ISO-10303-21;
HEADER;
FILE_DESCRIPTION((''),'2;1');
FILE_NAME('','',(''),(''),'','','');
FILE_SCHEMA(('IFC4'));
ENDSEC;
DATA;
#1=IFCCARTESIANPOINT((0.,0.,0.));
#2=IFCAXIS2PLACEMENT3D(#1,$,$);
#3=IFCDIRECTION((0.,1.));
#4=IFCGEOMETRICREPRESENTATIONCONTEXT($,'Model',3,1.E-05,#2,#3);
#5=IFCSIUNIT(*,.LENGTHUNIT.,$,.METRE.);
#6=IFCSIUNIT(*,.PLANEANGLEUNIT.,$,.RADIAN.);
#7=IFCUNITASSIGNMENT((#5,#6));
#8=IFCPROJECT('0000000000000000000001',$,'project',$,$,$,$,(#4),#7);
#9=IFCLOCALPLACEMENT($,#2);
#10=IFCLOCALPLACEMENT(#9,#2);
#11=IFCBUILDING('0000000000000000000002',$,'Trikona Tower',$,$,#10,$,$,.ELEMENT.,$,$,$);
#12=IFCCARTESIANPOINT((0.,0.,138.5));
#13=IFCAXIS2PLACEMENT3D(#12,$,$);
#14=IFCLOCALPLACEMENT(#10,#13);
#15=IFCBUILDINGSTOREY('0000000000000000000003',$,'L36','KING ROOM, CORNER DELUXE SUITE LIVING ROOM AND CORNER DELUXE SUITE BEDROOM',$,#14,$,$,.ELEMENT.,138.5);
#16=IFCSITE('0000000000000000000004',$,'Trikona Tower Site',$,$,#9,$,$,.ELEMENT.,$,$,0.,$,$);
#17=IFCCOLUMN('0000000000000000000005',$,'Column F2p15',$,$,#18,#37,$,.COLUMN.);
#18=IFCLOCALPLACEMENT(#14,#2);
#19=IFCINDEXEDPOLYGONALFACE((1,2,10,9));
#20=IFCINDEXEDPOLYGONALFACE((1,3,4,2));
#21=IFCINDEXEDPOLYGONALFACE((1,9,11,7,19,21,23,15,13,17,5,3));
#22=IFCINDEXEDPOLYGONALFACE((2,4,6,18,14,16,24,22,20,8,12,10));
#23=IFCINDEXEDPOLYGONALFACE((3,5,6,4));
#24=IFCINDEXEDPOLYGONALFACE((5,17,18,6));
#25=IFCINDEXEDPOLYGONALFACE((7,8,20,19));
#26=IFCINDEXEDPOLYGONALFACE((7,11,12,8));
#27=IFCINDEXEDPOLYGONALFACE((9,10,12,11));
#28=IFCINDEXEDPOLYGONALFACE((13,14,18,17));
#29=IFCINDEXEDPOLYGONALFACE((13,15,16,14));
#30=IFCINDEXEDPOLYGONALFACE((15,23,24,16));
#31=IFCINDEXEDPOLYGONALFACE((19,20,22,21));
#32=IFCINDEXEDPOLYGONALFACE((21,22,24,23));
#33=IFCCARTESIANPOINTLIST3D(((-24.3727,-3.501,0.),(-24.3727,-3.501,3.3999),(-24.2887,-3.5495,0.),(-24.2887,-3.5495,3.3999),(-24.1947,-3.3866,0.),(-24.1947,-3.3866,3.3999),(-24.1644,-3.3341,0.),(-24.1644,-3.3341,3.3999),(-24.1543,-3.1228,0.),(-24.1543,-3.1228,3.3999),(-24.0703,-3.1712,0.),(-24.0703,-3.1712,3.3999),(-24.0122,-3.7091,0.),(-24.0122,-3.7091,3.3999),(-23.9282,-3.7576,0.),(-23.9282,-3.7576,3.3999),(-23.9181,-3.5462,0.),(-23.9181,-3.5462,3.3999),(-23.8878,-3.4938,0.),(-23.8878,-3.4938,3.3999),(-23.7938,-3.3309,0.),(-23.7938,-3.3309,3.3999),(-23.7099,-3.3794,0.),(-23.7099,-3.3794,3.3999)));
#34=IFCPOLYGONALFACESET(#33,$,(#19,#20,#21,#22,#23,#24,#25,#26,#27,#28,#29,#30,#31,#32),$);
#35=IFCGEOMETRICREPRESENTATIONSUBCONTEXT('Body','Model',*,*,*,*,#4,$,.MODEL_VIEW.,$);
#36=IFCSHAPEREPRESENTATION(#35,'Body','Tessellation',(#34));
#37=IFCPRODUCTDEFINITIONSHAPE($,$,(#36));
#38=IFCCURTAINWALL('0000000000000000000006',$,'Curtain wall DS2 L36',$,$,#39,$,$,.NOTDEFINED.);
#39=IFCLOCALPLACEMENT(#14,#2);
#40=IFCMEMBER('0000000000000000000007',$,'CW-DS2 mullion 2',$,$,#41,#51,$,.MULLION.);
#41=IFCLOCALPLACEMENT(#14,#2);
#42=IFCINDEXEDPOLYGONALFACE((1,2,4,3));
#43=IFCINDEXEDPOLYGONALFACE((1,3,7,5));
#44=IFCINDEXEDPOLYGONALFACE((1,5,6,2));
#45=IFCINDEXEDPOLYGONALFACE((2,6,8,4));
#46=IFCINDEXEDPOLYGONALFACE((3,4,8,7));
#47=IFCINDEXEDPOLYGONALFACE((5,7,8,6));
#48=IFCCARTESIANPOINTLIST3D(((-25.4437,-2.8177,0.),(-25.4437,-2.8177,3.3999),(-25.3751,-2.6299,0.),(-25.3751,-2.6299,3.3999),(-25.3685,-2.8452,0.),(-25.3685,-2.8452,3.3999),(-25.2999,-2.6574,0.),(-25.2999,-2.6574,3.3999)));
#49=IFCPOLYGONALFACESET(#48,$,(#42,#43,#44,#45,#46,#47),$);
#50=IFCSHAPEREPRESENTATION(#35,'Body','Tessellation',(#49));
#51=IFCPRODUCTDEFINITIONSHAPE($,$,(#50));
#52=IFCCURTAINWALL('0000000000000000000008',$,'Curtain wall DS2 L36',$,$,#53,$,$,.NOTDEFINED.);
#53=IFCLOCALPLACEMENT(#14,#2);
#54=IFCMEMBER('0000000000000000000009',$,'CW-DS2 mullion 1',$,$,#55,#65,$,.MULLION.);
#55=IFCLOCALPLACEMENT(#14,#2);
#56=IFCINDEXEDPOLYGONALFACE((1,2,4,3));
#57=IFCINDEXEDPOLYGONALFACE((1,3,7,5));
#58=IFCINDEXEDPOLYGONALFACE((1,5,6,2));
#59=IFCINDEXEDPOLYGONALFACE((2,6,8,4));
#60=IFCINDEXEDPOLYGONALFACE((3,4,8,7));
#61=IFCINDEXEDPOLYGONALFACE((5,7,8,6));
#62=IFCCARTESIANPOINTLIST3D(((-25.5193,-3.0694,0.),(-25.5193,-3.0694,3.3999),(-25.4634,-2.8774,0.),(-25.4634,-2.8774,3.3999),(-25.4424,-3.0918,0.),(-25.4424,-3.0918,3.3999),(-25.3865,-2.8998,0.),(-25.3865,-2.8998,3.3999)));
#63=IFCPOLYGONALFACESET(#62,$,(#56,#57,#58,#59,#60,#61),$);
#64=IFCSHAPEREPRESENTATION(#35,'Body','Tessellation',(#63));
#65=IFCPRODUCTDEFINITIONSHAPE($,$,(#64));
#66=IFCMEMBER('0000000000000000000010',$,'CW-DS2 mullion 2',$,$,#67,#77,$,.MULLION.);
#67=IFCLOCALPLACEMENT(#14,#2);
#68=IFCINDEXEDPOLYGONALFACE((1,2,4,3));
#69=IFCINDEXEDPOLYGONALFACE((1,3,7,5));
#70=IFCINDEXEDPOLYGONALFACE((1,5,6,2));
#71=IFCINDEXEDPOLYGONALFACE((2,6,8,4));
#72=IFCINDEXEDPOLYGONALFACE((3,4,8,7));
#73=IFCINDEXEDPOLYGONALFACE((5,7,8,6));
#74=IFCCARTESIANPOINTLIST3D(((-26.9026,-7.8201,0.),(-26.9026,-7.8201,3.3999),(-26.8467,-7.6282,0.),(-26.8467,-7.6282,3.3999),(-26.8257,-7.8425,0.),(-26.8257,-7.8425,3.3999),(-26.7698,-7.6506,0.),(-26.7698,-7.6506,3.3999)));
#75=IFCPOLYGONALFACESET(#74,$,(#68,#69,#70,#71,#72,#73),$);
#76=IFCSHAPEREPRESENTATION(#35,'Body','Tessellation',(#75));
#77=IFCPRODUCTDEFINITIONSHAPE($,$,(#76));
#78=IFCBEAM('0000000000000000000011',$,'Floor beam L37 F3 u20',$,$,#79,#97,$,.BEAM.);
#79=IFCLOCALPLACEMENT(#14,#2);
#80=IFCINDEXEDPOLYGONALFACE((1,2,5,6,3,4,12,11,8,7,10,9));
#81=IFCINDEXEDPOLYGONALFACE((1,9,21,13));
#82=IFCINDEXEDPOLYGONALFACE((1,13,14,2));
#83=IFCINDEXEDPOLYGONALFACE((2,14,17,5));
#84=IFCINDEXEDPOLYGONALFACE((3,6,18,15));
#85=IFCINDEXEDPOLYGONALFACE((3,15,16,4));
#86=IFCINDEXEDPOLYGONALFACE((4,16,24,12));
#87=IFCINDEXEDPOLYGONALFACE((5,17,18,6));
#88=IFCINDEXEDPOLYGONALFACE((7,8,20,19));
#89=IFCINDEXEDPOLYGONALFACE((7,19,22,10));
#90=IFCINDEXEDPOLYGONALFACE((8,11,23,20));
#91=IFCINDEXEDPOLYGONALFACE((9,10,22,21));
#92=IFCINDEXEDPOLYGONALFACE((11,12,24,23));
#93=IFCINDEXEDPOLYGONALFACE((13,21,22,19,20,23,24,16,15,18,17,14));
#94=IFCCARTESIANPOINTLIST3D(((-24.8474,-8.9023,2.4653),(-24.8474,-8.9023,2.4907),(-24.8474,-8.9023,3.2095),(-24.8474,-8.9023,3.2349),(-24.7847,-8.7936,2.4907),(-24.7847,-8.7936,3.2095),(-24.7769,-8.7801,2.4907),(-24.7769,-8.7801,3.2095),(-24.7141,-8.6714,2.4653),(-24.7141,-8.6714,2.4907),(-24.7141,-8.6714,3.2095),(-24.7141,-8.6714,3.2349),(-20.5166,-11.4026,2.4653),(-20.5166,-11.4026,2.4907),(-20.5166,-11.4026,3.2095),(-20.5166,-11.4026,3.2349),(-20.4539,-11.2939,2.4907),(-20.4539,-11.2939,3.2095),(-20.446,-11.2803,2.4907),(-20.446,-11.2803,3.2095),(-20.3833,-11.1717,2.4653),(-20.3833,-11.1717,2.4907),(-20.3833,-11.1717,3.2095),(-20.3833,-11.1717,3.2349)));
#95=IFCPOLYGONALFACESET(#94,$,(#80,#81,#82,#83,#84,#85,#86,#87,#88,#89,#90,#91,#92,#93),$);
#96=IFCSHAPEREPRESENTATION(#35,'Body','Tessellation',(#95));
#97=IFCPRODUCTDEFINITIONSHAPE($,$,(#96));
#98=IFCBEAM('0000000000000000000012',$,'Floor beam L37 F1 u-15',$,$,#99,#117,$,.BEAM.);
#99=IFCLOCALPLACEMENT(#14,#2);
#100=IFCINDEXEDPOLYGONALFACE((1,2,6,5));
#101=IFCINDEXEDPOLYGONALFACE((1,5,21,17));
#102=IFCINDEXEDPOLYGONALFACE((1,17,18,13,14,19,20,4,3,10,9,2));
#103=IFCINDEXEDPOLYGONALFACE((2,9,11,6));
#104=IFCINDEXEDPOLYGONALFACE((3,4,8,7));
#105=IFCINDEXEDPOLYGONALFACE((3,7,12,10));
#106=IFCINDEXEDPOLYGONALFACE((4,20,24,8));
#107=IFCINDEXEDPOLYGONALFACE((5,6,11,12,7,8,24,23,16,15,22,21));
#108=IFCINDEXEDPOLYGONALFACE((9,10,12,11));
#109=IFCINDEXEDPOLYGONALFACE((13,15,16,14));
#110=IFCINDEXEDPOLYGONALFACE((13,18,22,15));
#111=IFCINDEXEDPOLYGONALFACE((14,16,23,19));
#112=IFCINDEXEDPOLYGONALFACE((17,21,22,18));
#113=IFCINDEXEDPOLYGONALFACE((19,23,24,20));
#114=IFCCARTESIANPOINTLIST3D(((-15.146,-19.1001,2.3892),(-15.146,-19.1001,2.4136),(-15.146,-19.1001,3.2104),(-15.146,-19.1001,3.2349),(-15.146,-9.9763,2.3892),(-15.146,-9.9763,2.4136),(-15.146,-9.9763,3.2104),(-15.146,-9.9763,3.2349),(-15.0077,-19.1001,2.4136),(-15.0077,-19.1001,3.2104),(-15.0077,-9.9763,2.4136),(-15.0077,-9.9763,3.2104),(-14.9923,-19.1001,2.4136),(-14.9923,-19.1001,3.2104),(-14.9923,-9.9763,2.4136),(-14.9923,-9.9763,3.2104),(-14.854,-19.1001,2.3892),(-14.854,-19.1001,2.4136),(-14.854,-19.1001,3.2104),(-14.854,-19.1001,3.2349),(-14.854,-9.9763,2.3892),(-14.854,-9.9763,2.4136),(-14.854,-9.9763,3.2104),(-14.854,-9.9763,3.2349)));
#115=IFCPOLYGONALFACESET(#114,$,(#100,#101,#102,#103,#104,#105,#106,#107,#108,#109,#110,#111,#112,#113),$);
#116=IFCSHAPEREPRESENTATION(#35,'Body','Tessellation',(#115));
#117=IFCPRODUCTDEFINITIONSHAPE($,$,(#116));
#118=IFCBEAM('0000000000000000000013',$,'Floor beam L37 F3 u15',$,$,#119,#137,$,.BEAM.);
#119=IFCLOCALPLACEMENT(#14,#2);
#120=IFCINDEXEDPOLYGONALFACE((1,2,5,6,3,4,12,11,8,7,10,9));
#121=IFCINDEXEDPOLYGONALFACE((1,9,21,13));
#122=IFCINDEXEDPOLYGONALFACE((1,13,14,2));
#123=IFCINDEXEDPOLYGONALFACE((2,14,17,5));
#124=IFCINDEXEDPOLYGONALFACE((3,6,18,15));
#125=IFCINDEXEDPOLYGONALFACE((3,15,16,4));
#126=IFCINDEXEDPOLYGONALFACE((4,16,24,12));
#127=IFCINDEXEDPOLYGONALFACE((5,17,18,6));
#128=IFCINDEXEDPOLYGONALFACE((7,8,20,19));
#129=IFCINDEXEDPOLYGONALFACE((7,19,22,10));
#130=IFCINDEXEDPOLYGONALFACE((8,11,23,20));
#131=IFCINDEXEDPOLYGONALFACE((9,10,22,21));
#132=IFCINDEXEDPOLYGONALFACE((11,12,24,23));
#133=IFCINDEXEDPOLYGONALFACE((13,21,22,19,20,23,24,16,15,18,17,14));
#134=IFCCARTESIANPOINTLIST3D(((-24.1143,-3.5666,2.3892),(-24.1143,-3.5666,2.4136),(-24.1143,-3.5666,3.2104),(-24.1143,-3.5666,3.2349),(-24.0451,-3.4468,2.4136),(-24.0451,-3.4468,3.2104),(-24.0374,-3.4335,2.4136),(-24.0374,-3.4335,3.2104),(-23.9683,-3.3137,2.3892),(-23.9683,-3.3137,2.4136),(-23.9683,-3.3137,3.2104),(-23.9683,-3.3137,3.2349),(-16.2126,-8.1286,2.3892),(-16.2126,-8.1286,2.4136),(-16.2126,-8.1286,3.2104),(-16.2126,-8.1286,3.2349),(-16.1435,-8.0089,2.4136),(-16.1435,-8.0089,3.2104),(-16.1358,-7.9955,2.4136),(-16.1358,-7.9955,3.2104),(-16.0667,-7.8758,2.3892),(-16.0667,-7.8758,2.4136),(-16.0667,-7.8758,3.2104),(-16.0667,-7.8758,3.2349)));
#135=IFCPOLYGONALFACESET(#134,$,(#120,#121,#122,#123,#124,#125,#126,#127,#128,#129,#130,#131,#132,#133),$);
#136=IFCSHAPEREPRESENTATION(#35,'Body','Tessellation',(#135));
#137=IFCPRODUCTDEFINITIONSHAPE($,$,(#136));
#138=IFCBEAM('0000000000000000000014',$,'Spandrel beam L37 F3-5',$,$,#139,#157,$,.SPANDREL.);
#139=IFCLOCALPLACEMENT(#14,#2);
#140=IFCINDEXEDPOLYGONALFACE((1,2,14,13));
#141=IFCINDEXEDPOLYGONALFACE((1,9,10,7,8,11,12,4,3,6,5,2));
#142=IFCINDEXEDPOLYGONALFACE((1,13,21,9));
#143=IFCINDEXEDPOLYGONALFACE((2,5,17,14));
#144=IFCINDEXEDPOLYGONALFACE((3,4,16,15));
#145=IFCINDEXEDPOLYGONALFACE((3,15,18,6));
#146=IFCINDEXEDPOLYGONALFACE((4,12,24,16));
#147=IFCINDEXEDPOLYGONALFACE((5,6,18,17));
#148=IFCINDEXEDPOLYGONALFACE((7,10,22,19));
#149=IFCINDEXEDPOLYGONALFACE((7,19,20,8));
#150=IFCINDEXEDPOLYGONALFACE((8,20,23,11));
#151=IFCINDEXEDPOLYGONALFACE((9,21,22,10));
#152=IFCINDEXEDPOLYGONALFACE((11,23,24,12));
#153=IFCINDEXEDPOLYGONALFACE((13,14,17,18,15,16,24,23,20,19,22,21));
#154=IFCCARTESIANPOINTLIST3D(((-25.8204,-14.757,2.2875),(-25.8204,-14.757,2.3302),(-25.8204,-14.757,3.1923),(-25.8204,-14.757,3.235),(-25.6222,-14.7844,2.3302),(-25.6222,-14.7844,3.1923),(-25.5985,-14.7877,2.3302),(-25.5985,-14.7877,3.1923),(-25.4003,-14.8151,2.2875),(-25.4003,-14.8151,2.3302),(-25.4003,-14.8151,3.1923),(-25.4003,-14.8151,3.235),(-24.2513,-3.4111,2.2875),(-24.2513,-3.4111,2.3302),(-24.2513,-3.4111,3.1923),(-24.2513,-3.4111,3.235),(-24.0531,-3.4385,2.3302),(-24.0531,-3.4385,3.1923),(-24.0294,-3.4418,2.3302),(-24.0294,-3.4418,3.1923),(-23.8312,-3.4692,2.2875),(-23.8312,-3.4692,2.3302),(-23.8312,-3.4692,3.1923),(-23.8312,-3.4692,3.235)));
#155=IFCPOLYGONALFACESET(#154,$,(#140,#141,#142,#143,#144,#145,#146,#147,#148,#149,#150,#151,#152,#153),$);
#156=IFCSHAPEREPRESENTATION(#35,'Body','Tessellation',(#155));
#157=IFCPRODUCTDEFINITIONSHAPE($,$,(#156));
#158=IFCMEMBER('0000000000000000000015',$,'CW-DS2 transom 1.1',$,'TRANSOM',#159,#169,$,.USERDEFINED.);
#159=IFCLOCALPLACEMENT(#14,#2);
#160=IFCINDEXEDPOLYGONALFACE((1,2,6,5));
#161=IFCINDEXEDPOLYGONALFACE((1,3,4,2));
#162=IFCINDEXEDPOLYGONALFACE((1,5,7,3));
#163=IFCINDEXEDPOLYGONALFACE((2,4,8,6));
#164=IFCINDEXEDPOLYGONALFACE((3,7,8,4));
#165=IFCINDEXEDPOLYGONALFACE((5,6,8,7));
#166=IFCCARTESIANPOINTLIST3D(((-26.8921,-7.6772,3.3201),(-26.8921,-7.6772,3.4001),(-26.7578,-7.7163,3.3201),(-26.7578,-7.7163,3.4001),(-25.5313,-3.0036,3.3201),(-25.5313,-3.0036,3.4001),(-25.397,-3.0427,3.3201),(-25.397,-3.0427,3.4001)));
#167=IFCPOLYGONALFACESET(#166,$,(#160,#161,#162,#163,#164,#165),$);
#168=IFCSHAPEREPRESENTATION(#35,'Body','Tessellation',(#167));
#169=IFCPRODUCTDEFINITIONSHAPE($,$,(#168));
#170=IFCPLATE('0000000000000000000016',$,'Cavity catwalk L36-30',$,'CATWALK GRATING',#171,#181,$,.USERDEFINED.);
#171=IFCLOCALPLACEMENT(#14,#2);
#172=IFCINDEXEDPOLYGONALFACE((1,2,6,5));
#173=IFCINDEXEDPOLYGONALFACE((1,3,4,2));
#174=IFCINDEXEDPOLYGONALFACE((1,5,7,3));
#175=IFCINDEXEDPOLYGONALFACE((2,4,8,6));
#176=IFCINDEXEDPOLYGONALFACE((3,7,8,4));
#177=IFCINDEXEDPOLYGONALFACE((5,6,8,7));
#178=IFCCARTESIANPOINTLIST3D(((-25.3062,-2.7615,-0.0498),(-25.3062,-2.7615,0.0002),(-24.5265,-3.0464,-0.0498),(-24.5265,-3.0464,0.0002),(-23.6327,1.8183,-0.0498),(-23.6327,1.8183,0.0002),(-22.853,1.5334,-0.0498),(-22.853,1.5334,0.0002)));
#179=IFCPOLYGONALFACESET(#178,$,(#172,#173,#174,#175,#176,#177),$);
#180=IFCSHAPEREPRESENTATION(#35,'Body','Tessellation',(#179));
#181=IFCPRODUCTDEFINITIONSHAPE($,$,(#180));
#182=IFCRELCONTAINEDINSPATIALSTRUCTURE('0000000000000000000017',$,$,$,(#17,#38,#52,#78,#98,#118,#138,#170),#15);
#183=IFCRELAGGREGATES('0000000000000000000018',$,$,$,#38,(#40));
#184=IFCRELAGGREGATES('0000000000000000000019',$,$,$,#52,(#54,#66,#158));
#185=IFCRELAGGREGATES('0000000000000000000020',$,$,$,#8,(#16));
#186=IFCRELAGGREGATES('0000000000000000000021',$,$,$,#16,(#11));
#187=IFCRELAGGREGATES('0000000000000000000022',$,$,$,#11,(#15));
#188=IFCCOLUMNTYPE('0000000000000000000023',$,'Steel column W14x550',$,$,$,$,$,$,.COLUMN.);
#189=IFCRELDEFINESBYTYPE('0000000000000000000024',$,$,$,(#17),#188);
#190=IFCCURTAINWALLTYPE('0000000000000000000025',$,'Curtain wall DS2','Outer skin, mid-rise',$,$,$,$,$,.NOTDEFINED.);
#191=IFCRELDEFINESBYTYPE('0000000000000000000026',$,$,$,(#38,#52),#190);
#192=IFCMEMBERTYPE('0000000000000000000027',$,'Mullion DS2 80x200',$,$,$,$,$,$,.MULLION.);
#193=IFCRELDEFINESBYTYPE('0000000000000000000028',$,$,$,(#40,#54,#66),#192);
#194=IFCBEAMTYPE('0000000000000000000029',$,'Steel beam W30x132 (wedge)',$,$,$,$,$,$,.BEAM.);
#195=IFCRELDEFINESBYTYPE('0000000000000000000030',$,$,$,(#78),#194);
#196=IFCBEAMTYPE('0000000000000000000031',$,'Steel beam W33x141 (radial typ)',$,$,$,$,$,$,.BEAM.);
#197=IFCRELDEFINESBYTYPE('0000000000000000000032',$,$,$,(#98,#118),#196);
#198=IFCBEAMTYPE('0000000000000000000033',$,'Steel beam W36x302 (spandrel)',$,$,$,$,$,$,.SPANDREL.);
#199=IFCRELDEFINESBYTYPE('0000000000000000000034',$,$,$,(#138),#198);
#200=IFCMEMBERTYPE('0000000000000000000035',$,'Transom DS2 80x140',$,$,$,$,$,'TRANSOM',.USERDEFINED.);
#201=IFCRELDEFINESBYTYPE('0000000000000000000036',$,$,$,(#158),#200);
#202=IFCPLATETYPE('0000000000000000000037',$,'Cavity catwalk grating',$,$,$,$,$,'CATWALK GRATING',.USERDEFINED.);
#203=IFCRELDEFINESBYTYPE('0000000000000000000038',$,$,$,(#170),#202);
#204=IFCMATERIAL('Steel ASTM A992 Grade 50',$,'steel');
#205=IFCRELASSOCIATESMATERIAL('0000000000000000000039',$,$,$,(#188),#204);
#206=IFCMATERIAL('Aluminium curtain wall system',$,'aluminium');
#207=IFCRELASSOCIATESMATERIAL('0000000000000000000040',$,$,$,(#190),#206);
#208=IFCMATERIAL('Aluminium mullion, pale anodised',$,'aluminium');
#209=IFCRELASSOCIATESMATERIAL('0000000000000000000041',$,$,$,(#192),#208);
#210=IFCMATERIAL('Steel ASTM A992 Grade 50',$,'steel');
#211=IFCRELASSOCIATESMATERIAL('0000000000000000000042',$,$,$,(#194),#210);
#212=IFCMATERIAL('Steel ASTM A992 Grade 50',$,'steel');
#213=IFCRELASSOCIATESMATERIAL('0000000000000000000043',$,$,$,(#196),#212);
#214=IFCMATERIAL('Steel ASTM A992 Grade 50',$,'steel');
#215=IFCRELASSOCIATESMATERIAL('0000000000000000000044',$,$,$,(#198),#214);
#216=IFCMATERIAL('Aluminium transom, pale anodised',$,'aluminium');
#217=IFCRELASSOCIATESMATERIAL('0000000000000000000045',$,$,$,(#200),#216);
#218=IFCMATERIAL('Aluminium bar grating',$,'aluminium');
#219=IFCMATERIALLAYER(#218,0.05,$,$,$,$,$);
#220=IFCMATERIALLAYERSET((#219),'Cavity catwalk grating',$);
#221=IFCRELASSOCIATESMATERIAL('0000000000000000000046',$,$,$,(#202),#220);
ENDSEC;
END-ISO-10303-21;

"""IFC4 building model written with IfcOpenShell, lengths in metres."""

from ifc_helpers import new_model, si_unit, direction, frame, origin, origin_2d, place, context, subcontext, project, spatial, rectangle, i_section, extrude, material, layer, layer_set, material_profile, profile_set, type_object, element, aggregate, save


model = new_model("IFC4")

# Units and contexts
model_context = context("Model", 3, precision=1e-05, world=origin(), true_north=direction((0.0, 1.0)))
body_context = subcontext(model_context, "Body", "Model", "MODEL_VIEW")
ifc_project = project(units=[si_unit("LENGTHUNIT", "METRE"), si_unit("PLANEANGLEUNIT", "RADIAN")], contexts=[model_context])

# Site, building, storey
site_placement = place(None, origin())
site = spatial("IfcSite", under=ifc_project, at=site_placement, Name="Trikona Tower Site", CompositionType="ELEMENT", RefElevation=0.0)
building_placement = place(site_placement, origin())
building = spatial("IfcBuilding", under=site, at=building_placement, Name="Trikona Tower", CompositionType="ELEMENT")
storey_placement = place(building_placement, frame((0.0, 0.0, 138.5)))
storey = spatial("IfcBuildingStorey", under=building, at=storey_placement, Name="L36", Description="KING ROOM, CORNER DELUXE SUITE LIVING ROOM AND CORNER DELUXE SUITE BEDROOM", CompositionType="ELEMENT", Elevation=138.5)

# Column
ifc_material_1 = material(Name="Steel ASTM A992 Grade 50", Category="steel")
ifc_material_profile_1 = material_profile(ifc_material_1, i_section(OverallWidth=0.4368, OverallDepth=0.5132, WebThickness=0.0605, FlangeThickness=0.0969, at=origin_2d()), Name="W14X550")
ifc_profile_set_1 = profile_set([ifc_material_profile_1], Name="Steel ASTM A992 Grade 50")
column_type = type_object("IfcColumnType", Name="Steel column W14x550", PredefinedType="COLUMN", material=ifc_profile_set_1)
column_placement = place(storey_placement, frame((-24.0413, -3.4402, 0.0), z_axis=(0.0, 0.0, 1.0), x_axis=(-0.5, -0.866025, 0.0)))
element("IfcColumn", 1, at=column_placement, inside=storey, type_object=column_type, Name="Column F2p15", PredefinedType="COLUMN", context=body_context, shape_type="SweptSolid", body=[
    extrude(i_section(OverallWidth=0.4368, OverallDepth=0.5132, WebThickness=0.0605, FlangeThickness=0.0969, at=origin_2d()), origin(), (0.0, 0.0, 1.0), 3.3999),
])

# Curtain wall, member
ifc_material_2 = material(Name="Aluminium curtain wall system", Category="aluminium")
curtain_wall_type = type_object("IfcCurtainWallType", Name="Curtain wall DS2", Description="Outer skin, mid-rise", PredefinedType="NOTDEFINED", material=ifc_material_2)
curtain_wall_1_placement = place(storey_placement, origin())
curtain_wall_1 = element("IfcCurtainWall", 2, at=curtain_wall_1_placement, inside=storey, type_object=curtain_wall_type, Name="Curtain wall DS2 L36", PredefinedType="NOTDEFINED")
ifc_material_3 = material(Name="Aluminium mullion, pale anodised", Category="aluminium")
ifc_material_profile_2 = material_profile(ifc_material_3, rectangle(XDim=0.0801, YDim=0.2, at=origin_2d()), Name="MUL-DS2")
ifc_profile_set_2 = profile_set([ifc_material_profile_2], Name="Aluminium mullion, pale anodised")
member_type_1 = type_object("IfcMemberType", Name="Mullion DS2 80x200", PredefinedType="MULLION", material=ifc_profile_set_2)
member_1_placement = place(storey_placement, frame((-25.3718, -2.7375, 0.0), z_axis=(0.0, 0.0, 1.0), x_axis=(0.939254, -0.343223, 0.0)))
member_1 = element("IfcMember", 3, at=member_1_placement, type_object=member_type_1, Name="CW-DS2 mullion 2", PredefinedType="MULLION", context=body_context, shape_type="SweptSolid", body=[
    extrude(rectangle(XDim=0.0801, YDim=0.2, at=origin_2d()), origin(), (0.0, 0.0, 1.0), 3.3999),
])
aggregate(curtain_wall_1, [member_1])

# Curtain wall, members
curtain_wall_2_placement = place(storey_placement, origin())
curtain_wall_2 = element("IfcCurtainWall", 4, at=curtain_wall_2_placement, inside=storey, type_object=curtain_wall_type, Name="Curtain wall DS2 L36", PredefinedType="NOTDEFINED")
member_2_placement = place(storey_placement, frame((-25.4529, -2.9846, 0.0), z_axis=(0.0, 0.0, 1.0), x_axis=(0.960133, -0.279543, 0.0)))
member_2 = element("IfcMember", 5, at=member_2_placement, type_object=member_type_1, Name="CW-DS2 mullion 1", PredefinedType="MULLION", context=body_context, shape_type="SweptSolid", body=[
    extrude(rectangle(XDim=0.0801, YDim=0.2, at=origin_2d()), origin(), (0.0, 0.0, 1.0), 3.3999),
])
member_3_placement = place(storey_placement, frame((-26.8362, -7.7354, 0.0), z_axis=(0.0, 0.0, 1.0), x_axis=(0.960133, -0.279543, 0.0)))
member_3 = element("IfcMember", 6, at=member_3_placement, type_object=member_type_1, Name="CW-DS2 mullion 2", PredefinedType="MULLION", context=body_context, shape_type="SweptSolid", body=[
    extrude(rectangle(XDim=0.0801, YDim=0.2, at=origin_2d()), origin(), (0.0, 0.0, 1.0), 3.3999),
])

# Beams
ifc_material_4 = material(Name="Steel ASTM A992 Grade 50", Category="steel")
ifc_material_profile_3 = material_profile(ifc_material_4, i_section(OverallWidth=0.2666, OverallDepth=0.7695, WebThickness=0.0156, FlangeThickness=0.0254, at=origin_2d()), Name="W30X132")
ifc_profile_set_3 = profile_set([ifc_material_profile_3], Name="Steel ASTM A992 Grade 50")
beam_type_1 = type_object("IfcBeamType", Name="Steel beam W30x132 (wedge)", PredefinedType="BEAM", material=ifc_profile_set_3)
beam_1_placement = place(storey_placement, frame((-20.45, -11.2871, 2.8501), z_axis=(-0.866038, 0.499977, 0.0), x_axis=(-0.499977, -0.866038, 0.0)))
element("IfcBeam", 7, at=beam_1_placement, inside=storey, type_object=beam_type_1, Name="Floor beam L37 F3 u20", PredefinedType="BEAM", context=body_context, shape_type="SweptSolid", body=[
    extrude(i_section(OverallWidth=0.2666, OverallDepth=0.7695, WebThickness=0.0156, FlangeThickness=0.0254, at=origin_2d()), origin(), (0.0, 0.0, 1.0), 5.0007),
])
ifc_material_5 = material(Name="Steel ASTM A992 Grade 50", Category="steel")
ifc_material_profile_4 = material_profile(ifc_material_5, i_section(OverallWidth=0.292, OverallDepth=0.8457, WebThickness=0.0154, FlangeThickness=0.0244, at=origin_2d()), Name="W33X141")
ifc_profile_set_4 = profile_set([ifc_material_profile_4], Name="Steel ASTM A992 Grade 50")
beam_type_2 = type_object("IfcBeamType", Name="Steel beam W33x141 (radial typ)", PredefinedType="BEAM", material=ifc_profile_set_4)
beam_2_placement = place(storey_placement, frame((-15.0, -9.9763, 2.812), z_axis=(0.0, -1.0, 0.0), x_axis=(1.0, 0.0, 0.0)))
element("IfcBeam", 8, at=beam_2_placement, inside=storey, type_object=beam_type_2, Name="Floor beam L37 F1 u-15", PredefinedType="BEAM", context=body_context, shape_type="SweptSolid", body=[
    extrude(i_section(OverallWidth=0.292, OverallDepth=0.8457, WebThickness=0.0154, FlangeThickness=0.0244, at=origin_2d()), origin(), (0.0, 0.0, 1.0), 9.1238),
])
beam_3_placement = place(storey_placement, frame((-16.1396, -8.0022, 2.812), z_axis=(-0.866025, 0.500001, 0.0), x_axis=(-0.500001, -0.866025, 0.0)))
element("IfcBeam", 9, at=beam_3_placement, inside=storey, type_object=beam_type_2, Name="Floor beam L37 F3 u15", PredefinedType="BEAM", context=body_context, shape_type="SweptSolid", body=[
    extrude(i_section(OverallWidth=0.292, OverallDepth=0.8457, WebThickness=0.0154, FlangeThickness=0.0244, at=origin_2d()), origin(), (0.0, 0.0, 1.0), 9.124),
])
ifc_material_6 = material(Name="Steel ASTM A992 Grade 50", Category="steel")
ifc_material_profile_5 = material_profile(ifc_material_6, i_section(OverallWidth=0.4241, OverallDepth=0.9475, WebThickness=0.0239, FlangeThickness=0.0427, at=origin_2d()), Name="W36X302")
ifc_profile_set_5 = profile_set([ifc_material_profile_5], Name="Steel ASTM A992 Grade 50")
beam_type_3 = type_object("IfcBeamType", Name="Steel beam W36x302 (spandrel)", PredefinedType="SPANDREL", material=ifc_profile_set_5)
beam_4_placement = place(storey_placement, frame((-24.0413, -3.4402, 2.7612), z_axis=(-0.136992, -0.990572, 0.0), x_axis=(0.990572, -0.136992, 0.0)))
element("IfcBeam", 10, at=beam_4_placement, inside=storey, type_object=beam_type_3, Name="Spandrel beam L37 F3-5", PredefinedType="SPANDREL", context=body_context, shape_type="SweptSolid", body=[
    extrude(i_section(OverallWidth=0.4241, OverallDepth=0.9475, WebThickness=0.0239, FlangeThickness=0.0427, at=origin_2d()), origin(), (0.0, 0.0, 1.0), 11.4539),
])

# Member
ifc_material_7 = material(Name="Aluminium transom, pale anodised", Category="aluminium")
ifc_material_profile_6 = material_profile(ifc_material_7, rectangle(XDim=0.1399, YDim=0.0801, at=origin_2d()), Name="TRN-DS2")
ifc_profile_set_6 = profile_set([ifc_material_profile_6], Name="Aluminium transom, pale anodised")
member_type_2 = type_object("IfcMemberType", Name="Transom DS2 80x140", ElementType="TRANSOM", PredefinedType="USERDEFINED", material=ifc_profile_set_6)
member_4_placement = place(storey_placement, frame((-25.4641, -3.0232, 3.3601), z_axis=(-0.279567, -0.960126, 0.0), x_axis=(0.960126, -0.279567, 0.0)))
member_4 = element("IfcMember", 11, at=member_4_placement, type_object=member_type_2, Name="CW-DS2 transom 1.1", ObjectType="TRANSOM", PredefinedType="USERDEFINED", context=body_context, shape_type="SweptSolid", body=[
    extrude(rectangle(XDim=0.1399, YDim=0.0801, at=origin_2d()), origin(), (0.0, 0.0, 1.0), 4.8677),
])

# Plate
ifc_material_8 = material(Name="Aluminium bar grating", Category="aluminium")
ifc_layer_1 = layer(ifc_material_8, 0.05)
ifc_layer_set_1 = layer_set([ifc_layer_1], Name="Cavity catwalk grating")
plate_type_1 = type_object("IfcPlateType", Name="Cavity catwalk grating", ElementType="CATWALK GRATING", PredefinedType="USERDEFINED", material=ifc_layer_set_1)
plate_1_placement = place(storey_placement, frame((-24.0796, -0.614, -0.0498), z_axis=(0.0, 0.0, 1.0), x_axis=(-0.34322, -0.939255, 0.0)))
element("IfcPlate", 12, at=plate_1_placement, inside=storey, type_object=plate_type_1, Name="Cavity catwalk L36-30", ObjectType="CATWALK GRATING", PredefinedType="USERDEFINED", context=body_context, shape_type="SweptSolid", body=[
    extrude(rectangle(XDim=4.876, YDim=0.8301, at=origin_2d()), origin(), (0.0, 0.0, 1.0), 0.05),
])

aggregate(curtain_wall_2, [member_2, member_3, member_4])

save(model, "model.ifc")
